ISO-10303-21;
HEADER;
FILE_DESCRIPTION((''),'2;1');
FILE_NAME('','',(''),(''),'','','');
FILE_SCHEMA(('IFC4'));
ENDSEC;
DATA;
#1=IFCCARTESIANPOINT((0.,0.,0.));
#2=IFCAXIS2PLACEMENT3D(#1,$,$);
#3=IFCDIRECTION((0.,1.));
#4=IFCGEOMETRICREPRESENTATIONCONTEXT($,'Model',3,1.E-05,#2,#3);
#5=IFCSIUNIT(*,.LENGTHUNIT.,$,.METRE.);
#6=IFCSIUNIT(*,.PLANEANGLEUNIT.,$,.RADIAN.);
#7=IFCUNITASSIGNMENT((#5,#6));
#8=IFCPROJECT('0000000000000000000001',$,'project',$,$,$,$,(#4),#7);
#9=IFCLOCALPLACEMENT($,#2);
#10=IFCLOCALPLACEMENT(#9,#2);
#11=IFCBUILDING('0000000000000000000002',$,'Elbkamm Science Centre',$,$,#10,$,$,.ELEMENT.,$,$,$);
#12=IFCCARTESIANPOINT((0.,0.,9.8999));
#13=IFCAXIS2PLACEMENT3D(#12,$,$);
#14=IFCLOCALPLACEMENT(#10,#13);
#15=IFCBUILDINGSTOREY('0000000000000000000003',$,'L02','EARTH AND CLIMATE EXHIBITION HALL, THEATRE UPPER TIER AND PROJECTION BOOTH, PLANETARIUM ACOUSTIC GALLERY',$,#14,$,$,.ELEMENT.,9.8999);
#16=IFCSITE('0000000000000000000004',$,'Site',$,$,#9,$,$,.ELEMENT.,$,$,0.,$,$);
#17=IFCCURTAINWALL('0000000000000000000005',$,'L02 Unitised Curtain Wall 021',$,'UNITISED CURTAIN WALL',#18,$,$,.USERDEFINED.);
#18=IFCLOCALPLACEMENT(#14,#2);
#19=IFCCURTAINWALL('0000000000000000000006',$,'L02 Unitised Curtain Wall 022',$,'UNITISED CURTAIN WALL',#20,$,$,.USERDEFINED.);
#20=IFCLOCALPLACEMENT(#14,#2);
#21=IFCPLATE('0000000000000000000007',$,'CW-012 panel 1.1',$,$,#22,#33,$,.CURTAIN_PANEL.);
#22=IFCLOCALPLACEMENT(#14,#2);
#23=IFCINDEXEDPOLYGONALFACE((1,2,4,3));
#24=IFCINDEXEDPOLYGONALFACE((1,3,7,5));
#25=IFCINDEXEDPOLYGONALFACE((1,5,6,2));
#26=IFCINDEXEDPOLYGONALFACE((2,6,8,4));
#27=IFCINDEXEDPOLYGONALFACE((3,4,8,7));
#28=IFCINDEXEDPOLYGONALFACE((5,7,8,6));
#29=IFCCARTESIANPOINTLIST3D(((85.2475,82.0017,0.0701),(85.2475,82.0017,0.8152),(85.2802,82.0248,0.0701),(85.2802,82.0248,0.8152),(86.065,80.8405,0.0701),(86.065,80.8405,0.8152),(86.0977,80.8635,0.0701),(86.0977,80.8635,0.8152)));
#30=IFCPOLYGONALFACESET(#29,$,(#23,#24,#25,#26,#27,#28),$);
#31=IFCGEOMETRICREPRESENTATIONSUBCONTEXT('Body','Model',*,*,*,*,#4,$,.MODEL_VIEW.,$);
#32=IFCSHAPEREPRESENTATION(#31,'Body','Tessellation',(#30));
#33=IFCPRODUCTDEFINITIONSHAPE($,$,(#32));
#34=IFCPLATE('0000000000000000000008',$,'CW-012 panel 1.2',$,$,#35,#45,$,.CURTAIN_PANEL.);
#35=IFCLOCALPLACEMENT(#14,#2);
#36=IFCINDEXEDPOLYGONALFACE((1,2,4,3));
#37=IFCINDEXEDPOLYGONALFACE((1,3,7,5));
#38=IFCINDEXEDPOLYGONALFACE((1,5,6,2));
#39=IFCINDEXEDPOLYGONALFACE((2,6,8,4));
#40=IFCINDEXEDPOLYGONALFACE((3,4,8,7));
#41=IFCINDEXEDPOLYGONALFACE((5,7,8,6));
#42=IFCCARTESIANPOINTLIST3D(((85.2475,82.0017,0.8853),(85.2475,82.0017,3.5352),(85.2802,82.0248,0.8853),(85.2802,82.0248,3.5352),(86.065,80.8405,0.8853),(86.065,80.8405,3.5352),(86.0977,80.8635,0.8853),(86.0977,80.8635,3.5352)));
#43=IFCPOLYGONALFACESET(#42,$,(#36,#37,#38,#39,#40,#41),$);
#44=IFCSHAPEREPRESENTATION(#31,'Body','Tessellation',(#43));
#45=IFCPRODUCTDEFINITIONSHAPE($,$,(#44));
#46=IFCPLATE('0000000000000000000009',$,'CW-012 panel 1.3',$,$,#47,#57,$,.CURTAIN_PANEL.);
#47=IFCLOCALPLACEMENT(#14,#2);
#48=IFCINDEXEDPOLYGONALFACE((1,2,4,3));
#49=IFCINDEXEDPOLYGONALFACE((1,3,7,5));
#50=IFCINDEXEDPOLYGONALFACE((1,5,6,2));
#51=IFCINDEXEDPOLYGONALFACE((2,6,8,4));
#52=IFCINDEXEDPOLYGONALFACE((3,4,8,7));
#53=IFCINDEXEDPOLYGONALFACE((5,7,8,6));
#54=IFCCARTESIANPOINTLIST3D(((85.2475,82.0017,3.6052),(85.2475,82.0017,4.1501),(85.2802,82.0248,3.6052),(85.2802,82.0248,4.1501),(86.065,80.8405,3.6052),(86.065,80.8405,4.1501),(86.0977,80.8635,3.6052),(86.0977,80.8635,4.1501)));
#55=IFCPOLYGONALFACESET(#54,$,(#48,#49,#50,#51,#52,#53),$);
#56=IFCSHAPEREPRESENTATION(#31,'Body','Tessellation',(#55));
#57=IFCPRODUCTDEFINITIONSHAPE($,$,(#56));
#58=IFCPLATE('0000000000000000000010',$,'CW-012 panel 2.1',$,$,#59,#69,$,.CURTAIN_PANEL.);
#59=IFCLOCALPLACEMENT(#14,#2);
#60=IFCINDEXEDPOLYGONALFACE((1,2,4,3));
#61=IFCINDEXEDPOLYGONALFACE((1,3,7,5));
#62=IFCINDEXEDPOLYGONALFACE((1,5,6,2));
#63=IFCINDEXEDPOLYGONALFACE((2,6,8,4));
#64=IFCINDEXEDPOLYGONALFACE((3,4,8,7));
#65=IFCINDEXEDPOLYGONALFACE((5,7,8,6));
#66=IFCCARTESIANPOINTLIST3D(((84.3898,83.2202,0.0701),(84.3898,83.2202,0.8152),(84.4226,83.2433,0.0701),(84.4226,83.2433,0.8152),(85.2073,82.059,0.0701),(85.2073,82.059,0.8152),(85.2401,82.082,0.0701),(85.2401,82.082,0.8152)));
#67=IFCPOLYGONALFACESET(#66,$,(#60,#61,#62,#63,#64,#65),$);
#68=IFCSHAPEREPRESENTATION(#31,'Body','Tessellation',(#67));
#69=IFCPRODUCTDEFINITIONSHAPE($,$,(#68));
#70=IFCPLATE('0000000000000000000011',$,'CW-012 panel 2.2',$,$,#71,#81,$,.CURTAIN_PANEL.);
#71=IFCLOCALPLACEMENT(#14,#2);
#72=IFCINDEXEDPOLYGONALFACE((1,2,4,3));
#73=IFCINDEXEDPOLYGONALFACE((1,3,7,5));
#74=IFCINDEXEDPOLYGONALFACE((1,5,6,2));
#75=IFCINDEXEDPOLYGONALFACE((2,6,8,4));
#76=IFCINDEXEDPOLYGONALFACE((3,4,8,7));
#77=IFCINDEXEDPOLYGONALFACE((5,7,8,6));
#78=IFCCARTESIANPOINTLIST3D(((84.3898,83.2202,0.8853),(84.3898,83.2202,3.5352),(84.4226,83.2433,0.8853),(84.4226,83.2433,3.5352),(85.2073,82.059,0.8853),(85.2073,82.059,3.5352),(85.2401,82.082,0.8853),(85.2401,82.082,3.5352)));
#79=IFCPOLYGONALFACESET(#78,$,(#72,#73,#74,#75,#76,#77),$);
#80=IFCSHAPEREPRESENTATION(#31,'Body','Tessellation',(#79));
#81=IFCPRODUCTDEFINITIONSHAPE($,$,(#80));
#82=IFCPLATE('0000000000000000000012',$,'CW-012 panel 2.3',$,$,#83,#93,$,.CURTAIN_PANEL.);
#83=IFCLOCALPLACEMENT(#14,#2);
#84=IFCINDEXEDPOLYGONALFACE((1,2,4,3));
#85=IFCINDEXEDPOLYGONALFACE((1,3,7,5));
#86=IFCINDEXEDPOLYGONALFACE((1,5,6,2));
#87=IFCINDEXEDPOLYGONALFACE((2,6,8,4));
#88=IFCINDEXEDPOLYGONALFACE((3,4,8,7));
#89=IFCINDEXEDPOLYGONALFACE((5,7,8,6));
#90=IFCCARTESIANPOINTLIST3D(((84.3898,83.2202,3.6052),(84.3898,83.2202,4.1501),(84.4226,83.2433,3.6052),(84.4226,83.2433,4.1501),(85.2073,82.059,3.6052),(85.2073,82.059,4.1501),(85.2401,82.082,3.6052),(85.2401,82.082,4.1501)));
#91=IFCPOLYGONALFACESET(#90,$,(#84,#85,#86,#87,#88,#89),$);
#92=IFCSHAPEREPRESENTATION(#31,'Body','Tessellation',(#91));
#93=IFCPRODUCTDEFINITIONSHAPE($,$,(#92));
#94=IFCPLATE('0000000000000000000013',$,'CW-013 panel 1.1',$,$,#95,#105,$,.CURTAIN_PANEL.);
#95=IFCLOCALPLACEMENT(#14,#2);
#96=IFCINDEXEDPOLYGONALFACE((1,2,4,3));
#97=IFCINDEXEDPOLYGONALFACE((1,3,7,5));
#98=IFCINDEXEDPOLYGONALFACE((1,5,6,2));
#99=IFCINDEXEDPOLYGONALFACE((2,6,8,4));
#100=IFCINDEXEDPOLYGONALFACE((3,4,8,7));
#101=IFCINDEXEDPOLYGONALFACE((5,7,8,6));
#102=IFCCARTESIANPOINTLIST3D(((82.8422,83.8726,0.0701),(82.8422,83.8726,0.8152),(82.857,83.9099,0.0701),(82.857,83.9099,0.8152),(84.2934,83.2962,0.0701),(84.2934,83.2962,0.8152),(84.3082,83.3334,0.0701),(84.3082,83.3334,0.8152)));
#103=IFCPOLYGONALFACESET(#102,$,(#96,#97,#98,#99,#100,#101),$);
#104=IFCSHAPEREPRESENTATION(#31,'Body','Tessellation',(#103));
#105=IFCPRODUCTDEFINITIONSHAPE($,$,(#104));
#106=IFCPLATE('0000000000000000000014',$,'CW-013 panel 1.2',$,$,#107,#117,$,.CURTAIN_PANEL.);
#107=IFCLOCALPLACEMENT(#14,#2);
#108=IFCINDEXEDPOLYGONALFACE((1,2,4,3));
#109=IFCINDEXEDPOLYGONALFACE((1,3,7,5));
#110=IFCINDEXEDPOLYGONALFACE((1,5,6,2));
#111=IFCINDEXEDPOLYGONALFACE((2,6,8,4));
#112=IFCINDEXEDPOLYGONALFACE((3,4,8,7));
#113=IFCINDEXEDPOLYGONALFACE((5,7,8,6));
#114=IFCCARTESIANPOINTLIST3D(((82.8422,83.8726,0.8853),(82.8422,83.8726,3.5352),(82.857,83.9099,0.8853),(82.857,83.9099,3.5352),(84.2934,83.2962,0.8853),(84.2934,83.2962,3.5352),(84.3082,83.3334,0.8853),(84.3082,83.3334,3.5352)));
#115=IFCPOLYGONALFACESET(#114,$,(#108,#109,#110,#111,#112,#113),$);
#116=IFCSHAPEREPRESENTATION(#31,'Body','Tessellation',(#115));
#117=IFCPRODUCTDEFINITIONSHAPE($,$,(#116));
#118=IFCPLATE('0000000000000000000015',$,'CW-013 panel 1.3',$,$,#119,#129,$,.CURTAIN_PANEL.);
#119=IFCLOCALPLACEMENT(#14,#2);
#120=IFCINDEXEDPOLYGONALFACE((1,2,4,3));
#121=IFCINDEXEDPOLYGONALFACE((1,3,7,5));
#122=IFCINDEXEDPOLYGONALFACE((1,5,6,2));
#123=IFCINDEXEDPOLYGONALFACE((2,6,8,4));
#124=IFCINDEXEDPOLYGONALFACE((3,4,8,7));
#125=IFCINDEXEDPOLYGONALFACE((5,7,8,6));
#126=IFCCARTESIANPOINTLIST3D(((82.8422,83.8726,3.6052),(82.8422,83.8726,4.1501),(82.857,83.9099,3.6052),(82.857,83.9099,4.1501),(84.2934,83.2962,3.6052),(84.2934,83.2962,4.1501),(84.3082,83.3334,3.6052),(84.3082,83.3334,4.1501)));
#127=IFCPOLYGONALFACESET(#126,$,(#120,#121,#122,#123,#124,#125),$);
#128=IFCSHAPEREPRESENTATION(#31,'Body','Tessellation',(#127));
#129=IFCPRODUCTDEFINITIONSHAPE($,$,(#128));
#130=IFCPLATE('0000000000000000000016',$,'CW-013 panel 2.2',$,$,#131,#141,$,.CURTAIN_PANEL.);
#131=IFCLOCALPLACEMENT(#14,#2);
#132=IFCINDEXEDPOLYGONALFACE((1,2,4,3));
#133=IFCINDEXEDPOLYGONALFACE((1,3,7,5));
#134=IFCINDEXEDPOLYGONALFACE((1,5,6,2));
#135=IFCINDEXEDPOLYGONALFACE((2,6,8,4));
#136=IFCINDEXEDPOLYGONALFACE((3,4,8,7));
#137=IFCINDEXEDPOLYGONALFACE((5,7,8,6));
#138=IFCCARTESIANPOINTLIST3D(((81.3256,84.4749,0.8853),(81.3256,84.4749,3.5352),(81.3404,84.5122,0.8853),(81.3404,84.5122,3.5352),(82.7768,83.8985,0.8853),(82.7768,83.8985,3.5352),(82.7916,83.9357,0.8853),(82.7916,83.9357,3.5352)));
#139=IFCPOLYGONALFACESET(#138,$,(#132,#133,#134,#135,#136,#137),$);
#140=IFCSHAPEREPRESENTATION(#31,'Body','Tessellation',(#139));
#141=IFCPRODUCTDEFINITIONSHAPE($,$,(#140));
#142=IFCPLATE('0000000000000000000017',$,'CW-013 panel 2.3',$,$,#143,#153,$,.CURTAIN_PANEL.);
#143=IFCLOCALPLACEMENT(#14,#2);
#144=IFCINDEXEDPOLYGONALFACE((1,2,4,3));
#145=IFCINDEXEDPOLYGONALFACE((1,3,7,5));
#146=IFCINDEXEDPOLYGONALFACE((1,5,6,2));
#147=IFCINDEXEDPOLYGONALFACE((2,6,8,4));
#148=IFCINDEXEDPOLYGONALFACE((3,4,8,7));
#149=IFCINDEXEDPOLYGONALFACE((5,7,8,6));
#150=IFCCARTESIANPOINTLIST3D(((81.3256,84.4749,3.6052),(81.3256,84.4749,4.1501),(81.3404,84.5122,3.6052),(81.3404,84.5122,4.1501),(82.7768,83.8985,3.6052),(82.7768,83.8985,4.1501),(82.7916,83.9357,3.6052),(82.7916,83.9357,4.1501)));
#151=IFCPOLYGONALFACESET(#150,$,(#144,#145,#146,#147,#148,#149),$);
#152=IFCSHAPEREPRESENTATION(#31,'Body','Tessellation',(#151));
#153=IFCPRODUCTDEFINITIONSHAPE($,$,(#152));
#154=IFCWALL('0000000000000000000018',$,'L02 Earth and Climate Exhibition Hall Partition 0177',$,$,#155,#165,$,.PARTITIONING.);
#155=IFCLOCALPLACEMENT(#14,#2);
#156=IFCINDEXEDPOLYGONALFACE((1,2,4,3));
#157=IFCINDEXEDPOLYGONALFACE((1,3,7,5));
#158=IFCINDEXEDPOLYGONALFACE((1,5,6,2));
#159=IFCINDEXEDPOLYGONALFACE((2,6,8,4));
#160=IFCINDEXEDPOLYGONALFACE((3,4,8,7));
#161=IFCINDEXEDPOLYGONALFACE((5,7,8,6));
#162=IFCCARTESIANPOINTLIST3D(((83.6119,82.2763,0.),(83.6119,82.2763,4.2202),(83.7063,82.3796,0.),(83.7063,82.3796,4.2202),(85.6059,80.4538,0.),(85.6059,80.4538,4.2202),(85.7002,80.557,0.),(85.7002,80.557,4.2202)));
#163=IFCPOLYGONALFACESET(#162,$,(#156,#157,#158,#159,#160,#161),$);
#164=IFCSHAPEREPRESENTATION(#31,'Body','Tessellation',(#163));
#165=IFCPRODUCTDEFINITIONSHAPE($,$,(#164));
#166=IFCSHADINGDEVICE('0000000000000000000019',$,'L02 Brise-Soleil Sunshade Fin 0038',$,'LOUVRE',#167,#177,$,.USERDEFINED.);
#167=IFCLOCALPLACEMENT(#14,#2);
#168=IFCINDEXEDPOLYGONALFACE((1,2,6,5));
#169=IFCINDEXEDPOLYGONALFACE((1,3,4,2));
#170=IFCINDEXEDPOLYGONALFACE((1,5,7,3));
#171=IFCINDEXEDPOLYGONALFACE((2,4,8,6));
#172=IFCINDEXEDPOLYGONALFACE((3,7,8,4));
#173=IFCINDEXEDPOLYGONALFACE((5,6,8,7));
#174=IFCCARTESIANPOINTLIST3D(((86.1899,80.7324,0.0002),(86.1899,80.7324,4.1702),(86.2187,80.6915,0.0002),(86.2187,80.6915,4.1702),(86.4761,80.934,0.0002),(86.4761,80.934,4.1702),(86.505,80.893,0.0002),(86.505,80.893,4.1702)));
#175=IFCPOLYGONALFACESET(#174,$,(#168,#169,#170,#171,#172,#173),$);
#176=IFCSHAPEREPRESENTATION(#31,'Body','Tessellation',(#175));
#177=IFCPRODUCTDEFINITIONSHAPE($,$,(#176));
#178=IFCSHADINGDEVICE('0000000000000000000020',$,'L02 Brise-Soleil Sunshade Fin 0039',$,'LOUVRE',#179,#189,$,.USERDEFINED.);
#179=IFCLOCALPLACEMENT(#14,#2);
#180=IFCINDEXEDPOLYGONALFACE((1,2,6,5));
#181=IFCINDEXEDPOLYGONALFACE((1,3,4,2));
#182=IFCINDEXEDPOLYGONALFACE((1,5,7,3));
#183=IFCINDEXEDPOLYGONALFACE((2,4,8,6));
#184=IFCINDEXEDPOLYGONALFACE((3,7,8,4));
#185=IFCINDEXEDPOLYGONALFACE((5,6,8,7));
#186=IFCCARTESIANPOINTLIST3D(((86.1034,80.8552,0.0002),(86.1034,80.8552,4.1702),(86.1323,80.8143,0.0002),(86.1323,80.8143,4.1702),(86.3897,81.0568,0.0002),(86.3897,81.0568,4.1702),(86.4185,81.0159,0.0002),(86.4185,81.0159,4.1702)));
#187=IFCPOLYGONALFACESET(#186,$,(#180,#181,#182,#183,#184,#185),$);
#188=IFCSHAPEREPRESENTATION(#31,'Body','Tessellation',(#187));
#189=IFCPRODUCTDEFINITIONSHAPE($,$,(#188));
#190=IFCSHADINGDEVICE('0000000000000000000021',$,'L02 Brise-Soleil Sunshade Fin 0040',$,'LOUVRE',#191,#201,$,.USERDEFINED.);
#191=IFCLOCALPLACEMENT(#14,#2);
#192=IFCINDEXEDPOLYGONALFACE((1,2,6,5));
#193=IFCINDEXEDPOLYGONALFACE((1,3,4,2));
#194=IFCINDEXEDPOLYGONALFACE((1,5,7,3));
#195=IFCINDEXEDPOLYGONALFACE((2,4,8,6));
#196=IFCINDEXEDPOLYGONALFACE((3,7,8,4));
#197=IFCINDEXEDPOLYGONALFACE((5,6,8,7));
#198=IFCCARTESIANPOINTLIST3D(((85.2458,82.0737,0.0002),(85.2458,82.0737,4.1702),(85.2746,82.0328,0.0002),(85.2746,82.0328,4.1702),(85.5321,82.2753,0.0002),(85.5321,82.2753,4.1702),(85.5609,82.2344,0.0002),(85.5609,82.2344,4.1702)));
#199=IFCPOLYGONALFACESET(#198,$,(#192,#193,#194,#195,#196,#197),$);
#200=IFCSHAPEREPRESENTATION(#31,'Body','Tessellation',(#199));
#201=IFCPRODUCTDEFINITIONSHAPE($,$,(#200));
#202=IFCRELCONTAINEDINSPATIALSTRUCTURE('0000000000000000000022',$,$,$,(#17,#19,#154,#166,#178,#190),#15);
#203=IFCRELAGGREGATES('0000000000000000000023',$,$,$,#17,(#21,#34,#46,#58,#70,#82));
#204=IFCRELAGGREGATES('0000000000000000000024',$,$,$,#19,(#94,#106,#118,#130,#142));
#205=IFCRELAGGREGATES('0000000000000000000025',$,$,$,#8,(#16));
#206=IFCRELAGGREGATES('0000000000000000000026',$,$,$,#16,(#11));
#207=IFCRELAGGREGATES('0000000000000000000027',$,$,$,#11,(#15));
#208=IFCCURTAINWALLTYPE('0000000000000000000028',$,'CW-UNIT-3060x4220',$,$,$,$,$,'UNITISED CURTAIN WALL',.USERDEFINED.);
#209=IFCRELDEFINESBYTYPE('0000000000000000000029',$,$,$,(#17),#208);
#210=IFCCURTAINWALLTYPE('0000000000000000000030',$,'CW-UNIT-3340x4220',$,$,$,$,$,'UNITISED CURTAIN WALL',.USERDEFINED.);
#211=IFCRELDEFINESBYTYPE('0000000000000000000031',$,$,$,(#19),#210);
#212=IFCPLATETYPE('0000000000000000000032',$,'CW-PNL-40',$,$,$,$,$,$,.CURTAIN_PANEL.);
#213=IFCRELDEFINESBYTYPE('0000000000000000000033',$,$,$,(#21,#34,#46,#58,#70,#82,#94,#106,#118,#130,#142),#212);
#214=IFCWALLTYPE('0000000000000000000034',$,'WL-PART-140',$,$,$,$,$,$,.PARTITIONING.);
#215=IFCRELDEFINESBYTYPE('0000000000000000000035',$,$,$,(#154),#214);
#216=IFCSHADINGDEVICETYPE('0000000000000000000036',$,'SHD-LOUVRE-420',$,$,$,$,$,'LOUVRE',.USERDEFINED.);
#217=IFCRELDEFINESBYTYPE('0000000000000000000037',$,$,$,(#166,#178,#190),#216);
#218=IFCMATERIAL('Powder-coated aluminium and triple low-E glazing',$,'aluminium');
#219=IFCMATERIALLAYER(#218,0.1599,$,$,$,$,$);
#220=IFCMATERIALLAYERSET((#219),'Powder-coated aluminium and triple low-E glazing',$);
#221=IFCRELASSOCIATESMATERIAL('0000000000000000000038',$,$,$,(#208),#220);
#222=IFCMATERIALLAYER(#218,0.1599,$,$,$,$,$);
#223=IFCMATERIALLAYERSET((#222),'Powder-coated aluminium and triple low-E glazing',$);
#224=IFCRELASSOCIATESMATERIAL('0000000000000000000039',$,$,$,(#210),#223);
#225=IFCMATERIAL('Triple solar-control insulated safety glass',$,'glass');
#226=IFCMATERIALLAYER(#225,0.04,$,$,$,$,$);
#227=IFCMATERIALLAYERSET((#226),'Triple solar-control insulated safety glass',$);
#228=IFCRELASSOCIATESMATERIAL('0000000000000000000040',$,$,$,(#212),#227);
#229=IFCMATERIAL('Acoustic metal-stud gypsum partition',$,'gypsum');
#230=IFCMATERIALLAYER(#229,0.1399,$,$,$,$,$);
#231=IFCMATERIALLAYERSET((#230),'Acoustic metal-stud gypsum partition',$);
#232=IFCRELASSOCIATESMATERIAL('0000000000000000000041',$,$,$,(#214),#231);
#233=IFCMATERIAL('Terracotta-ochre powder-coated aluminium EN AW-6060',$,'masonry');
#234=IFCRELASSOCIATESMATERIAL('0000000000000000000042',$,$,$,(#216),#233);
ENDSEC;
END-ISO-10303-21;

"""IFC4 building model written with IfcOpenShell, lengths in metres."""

from ifc_helpers import new_model, si_unit, direction, frame, frame_2d, origin, origin_2d, place, context, subcontext, project, spatial, rectangle, extrude, material, layer, layer_set, type_object, element, aggregate, save


model = new_model("IFC4")

# Units and contexts
model_context = context("Model", 3, precision=1e-05, world=origin(), true_north=direction((0.0, 1.0)))
body_context = subcontext(model_context, "Body", "Model", "MODEL_VIEW")
ifc_project = project(units=[si_unit("LENGTHUNIT", "METRE"), si_unit("PLANEANGLEUNIT", "RADIAN")], contexts=[model_context])

# Site, building, storey
site_placement = place(None, origin())
site = spatial("IfcSite", under=ifc_project, at=site_placement, Name="Site", CompositionType="ELEMENT", RefElevation=0.0)
building_placement = place(site_placement, origin())
building = spatial("IfcBuilding", under=site, at=building_placement, Name="Elbkamm Science Centre", CompositionType="ELEMENT")
storey_placement = place(building_placement, frame((0.0, 0.0, 9.8999)))
storey = spatial("IfcBuildingStorey", under=building, at=storey_placement, Name="L02", Description="EARTH AND CLIMATE EXHIBITION HALL, THEATRE UPPER TIER AND PROJECTION BOOTH, PLANETARIUM ACOUSTIC GALLERY", CompositionType="ELEMENT", Elevation=9.8999)

# Curtain walls
ifc_material_1 = material(Name="Powder-coated aluminium and triple low-E glazing", Category="aluminium")
ifc_layer_1 = layer(ifc_material_1, 0.1599)
ifc_layer_set_1 = layer_set([ifc_layer_1], Name="Powder-coated aluminium and triple low-E glazing")
curtain_wall_type_1 = type_object("IfcCurtainWallType", Name="CW-UNIT-3060x4220", ElementType="UNITISED CURTAIN WALL", PredefinedType="USERDEFINED", material=ifc_layer_set_1)
curtain_wall_1_placement = place(storey_placement, origin())
curtain_wall_1 = element("IfcCurtainWall", 1, at=curtain_wall_1_placement, inside=storey, type_object=curtain_wall_type_1, Name="L02 Unitised Curtain Wall 021", ObjectType="UNITISED CURTAIN WALL", PredefinedType="USERDEFINED")
ifc_layer_2 = layer(ifc_material_1, 0.1599)
ifc_layer_set_2 = layer_set([ifc_layer_2], Name="Powder-coated aluminium and triple low-E glazing")
curtain_wall_type_2 = type_object("IfcCurtainWallType", Name="CW-UNIT-3340x4220", ElementType="UNITISED CURTAIN WALL", PredefinedType="USERDEFINED", material=ifc_layer_set_2)
curtain_wall_2_placement = place(storey_placement, origin())
curtain_wall_2 = element("IfcCurtainWall", 2, at=curtain_wall_2_placement, inside=storey, type_object=curtain_wall_type_2, Name="L02 Unitised Curtain Wall 022", ObjectType="UNITISED CURTAIN WALL", PredefinedType="USERDEFINED")

# Plates
ifc_material_2 = material(Name="Triple solar-control insulated safety glass", Category="glass")
ifc_layer_3 = layer(ifc_material_2, 0.04)
ifc_layer_set_3 = layer_set([ifc_layer_3], Name="Triple solar-control insulated safety glass")
plate_type = type_object("IfcPlateType", Name="CW-PNL-40", PredefinedType="CURTAIN_PANEL", material=ifc_layer_set_3)
plate_1_placement = place(storey_placement, frame((85.6726, 81.4326, 0.0701), z_axis=(0.0, 0.0, 1.0), x_axis=(-0.575652, 0.817695, 0.0)))
plate_1 = element("IfcPlate", 3, at=plate_1_placement, type_object=plate_type, Name="CW-012 panel 1.1", PredefinedType="CURTAIN_PANEL", context=body_context, shape_type="SweptSolid", body=[
    extrude(rectangle(XDim=1.4202, YDim=0.04, at=origin_2d()), origin(), (0.0, 0.0, 1.0), 0.7451),
])
plate_2_placement = place(storey_placement, frame((85.6726, 81.4326, 0.8853), z_axis=(0.0, 0.0, 1.0), x_axis=(-0.575652, 0.817695, 0.0)))
plate_2 = element("IfcPlate", 4, at=plate_2_placement, type_object=plate_type, Name="CW-012 panel 1.2", PredefinedType="CURTAIN_PANEL", context=body_context, shape_type="SweptSolid", body=[
    extrude(rectangle(XDim=1.4202, YDim=0.04, at=origin_2d()), origin(), (0.0, 0.0, 1.0), 2.6499),
])
plate_3_placement = place(storey_placement, frame((85.6726, 81.4326, 3.6052), z_axis=(0.0, 0.0, 1.0), x_axis=(-0.575652, 0.817695, 0.0)))
plate_3 = element("IfcPlate", 5, at=plate_3_placement, type_object=plate_type, Name="CW-012 panel 1.3", PredefinedType="CURTAIN_PANEL", context=body_context, shape_type="SweptSolid", body=[
    extrude(rectangle(XDim=1.4202, YDim=0.04, at=origin_2d()), origin(), (0.0, 0.0, 1.0), 0.5449),
])
plate_4_placement = place(storey_placement, frame((84.8149, 82.6511, 0.0701), z_axis=(0.0, 0.0, 1.0), x_axis=(-0.575652, 0.817695, 0.0)))
plate_4 = element("IfcPlate", 6, at=plate_4_placement, type_object=plate_type, Name="CW-012 panel 2.1", PredefinedType="CURTAIN_PANEL", context=body_context, shape_type="SweptSolid", body=[
    extrude(rectangle(XDim=1.4202, YDim=0.04, at=origin_2d()), origin(), (0.0, 0.0, 1.0), 0.7451),
])
plate_5_placement = place(storey_placement, frame((84.8149, 82.6511, 0.8853), z_axis=(0.0, 0.0, 1.0), x_axis=(-0.575652, 0.817695, 0.0)))
plate_5 = element("IfcPlate", 7, at=plate_5_placement, type_object=plate_type, Name="CW-012 panel 2.2", PredefinedType="CURTAIN_PANEL", context=body_context, shape_type="SweptSolid", body=[
    extrude(rectangle(XDim=1.4202, YDim=0.04, at=origin_2d()), origin(), (0.0, 0.0, 1.0), 2.6499),
])
plate_6_placement = place(storey_placement, frame((84.8149, 82.6511, 3.6052), z_axis=(0.0, 0.0, 1.0), x_axis=(-0.575652, 0.817695, 0.0)))
plate_6 = element("IfcPlate", 8, at=plate_6_placement, type_object=plate_type, Name="CW-012 panel 2.3", PredefinedType="CURTAIN_PANEL", context=body_context, shape_type="SweptSolid", body=[
    extrude(rectangle(XDim=1.4202, YDim=0.04, at=origin_2d()), origin(), (0.0, 0.0, 1.0), 0.5449),
])
aggregate(curtain_wall_1, [plate_1, plate_2, plate_3, plate_4, plate_5, plate_6])
plate_7_placement = place(storey_placement, frame((83.5752, 83.603, 0.0701), z_axis=(0.0, 0.0, 1.0), x_axis=(-0.929366, 0.36916, 0.0)))
plate_7 = element("IfcPlate", 9, at=plate_7_placement, type_object=plate_type, Name="CW-013 panel 1.1", PredefinedType="CURTAIN_PANEL", context=body_context, shape_type="SweptSolid", body=[
    extrude(rectangle(XDim=1.5615, YDim=0.04, at=origin_2d()), origin(), (0.0, 0.0, 1.0), 0.7451),
])
plate_8_placement = place(storey_placement, frame((83.5752, 83.603, 0.8853), z_axis=(0.0, 0.0, 1.0), x_axis=(-0.929366, 0.36916, 0.0)))
plate_8 = element("IfcPlate", 10, at=plate_8_placement, type_object=plate_type, Name="CW-013 panel 1.2", PredefinedType="CURTAIN_PANEL", context=body_context, shape_type="SweptSolid", body=[
    extrude(rectangle(XDim=1.5615, YDim=0.04, at=origin_2d()), origin(), (0.0, 0.0, 1.0), 2.6499),
])
plate_9_placement = place(storey_placement, frame((83.5752, 83.603, 3.6052), z_axis=(0.0, 0.0, 1.0), x_axis=(-0.929366, 0.36916, 0.0)))
plate_9 = element("IfcPlate", 11, at=plate_9_placement, type_object=plate_type, Name="CW-013 panel 1.3", PredefinedType="CURTAIN_PANEL", context=body_context, shape_type="SweptSolid", body=[
    extrude(rectangle(XDim=1.5615, YDim=0.04, at=origin_2d()), origin(), (0.0, 0.0, 1.0), 0.5449),
])
plate_10_placement = place(storey_placement, frame((82.0586, 84.2053, 0.8853), z_axis=(0.0, 0.0, 1.0), x_axis=(-0.929366, 0.36916, 0.0)))
plate_10 = element("IfcPlate", 12, at=plate_10_placement, type_object=plate_type, Name="CW-013 panel 2.2", PredefinedType="CURTAIN_PANEL", context=body_context, shape_type="SweptSolid", body=[
    extrude(rectangle(XDim=1.5615, YDim=0.04, at=origin_2d()), origin(), (0.0, 0.0, 1.0), 2.6499),
])
plate_11_placement = place(storey_placement, frame((82.0586, 84.2053, 3.6052), z_axis=(0.0, 0.0, 1.0), x_axis=(-0.929366, 0.36916, 0.0)))
plate_11 = element("IfcPlate", 13, at=plate_11_placement, type_object=plate_type, Name="CW-013 panel 2.3", PredefinedType="CURTAIN_PANEL", context=body_context, shape_type="SweptSolid", body=[
    extrude(rectangle(XDim=1.5615, YDim=0.04, at=origin_2d()), origin(), (0.0, 0.0, 1.0), 0.5449),
])
aggregate(curtain_wall_2, [plate_7, plate_8, plate_9, plate_10, plate_11])

# Wall
ifc_material_3 = material(Name="Acoustic metal-stud gypsum partition", Category="gypsum")
ifc_layer_4 = layer(ifc_material_3, 0.1399)
ifc_layer_set_4 = layer_set([ifc_layer_4], Name="Acoustic metal-stud gypsum partition")
wall_type = type_object("IfcWallType", Name="WL-PART-140", PredefinedType="PARTITIONING", material=ifc_layer_set_4)
wall_placement = place(storey_placement, frame((83.6592, 82.3279, 0.0), z_axis=(0.0, 0.0, 1.0), x_axis=(0.738118, -0.674672, 0.0)))
element("IfcWall", 14, at=wall_placement, inside=storey, type_object=wall_type, Name="L02 Earth and Climate Exhibition Hall Partition 0177", PredefinedType="PARTITIONING", context=body_context, shape_type="SweptSolid", body=[
    extrude(rectangle(XDim=2.7014, YDim=0.1399, at=frame_2d((1.3506, 0.0))), origin(), (0.0, 0.0, 1.0), 4.2202),
])

# Shading devices
ifc_material_4 = material(Name="Terracotta-ochre powder-coated aluminium EN AW-6060", Category="masonry")
shading_device_type = type_object("IfcShadingDeviceType", Name="SHD-LOUVRE-420", ElementType="LOUVRE", PredefinedType="USERDEFINED", material=ifc_material_4)
for number, where, z_axis, x_axis, name in (
    (15, (86.3474, 80.8127, 0.0002), (0.0, 0.0, 1.0), (0.817695, 0.575652, 0.0), "L02 Brise-Soleil Sunshade Fin 0038"),
    (16, (86.261, 80.9355, 0.0002), (0.0, 0.0, 1.0), (0.817695, 0.575652, 0.0), "L02 Brise-Soleil Sunshade Fin 0039"),
    (17, (85.4033, 82.1541, 0.0002), (0.0, 0.0, 1.0), (0.817695, 0.575652, 0.0), "L02 Brise-Soleil Sunshade Fin 0040"),
):
    element("IfcShadingDevice", number, at=place(storey_placement, frame(where, z_axis=z_axis, x_axis=x_axis)), inside=storey, type_object=shading_device_type, Name=name, ObjectType="LOUVRE", PredefinedType="USERDEFINED", context=body_context, shape_type="SweptSolid", body=[
        extrude(rectangle(XDim=0.3501, YDim=0.05, at=origin_2d()), origin(), (0.0, 0.0, 1.0), 4.1699),
    ])

save(model, "model.ifc")
